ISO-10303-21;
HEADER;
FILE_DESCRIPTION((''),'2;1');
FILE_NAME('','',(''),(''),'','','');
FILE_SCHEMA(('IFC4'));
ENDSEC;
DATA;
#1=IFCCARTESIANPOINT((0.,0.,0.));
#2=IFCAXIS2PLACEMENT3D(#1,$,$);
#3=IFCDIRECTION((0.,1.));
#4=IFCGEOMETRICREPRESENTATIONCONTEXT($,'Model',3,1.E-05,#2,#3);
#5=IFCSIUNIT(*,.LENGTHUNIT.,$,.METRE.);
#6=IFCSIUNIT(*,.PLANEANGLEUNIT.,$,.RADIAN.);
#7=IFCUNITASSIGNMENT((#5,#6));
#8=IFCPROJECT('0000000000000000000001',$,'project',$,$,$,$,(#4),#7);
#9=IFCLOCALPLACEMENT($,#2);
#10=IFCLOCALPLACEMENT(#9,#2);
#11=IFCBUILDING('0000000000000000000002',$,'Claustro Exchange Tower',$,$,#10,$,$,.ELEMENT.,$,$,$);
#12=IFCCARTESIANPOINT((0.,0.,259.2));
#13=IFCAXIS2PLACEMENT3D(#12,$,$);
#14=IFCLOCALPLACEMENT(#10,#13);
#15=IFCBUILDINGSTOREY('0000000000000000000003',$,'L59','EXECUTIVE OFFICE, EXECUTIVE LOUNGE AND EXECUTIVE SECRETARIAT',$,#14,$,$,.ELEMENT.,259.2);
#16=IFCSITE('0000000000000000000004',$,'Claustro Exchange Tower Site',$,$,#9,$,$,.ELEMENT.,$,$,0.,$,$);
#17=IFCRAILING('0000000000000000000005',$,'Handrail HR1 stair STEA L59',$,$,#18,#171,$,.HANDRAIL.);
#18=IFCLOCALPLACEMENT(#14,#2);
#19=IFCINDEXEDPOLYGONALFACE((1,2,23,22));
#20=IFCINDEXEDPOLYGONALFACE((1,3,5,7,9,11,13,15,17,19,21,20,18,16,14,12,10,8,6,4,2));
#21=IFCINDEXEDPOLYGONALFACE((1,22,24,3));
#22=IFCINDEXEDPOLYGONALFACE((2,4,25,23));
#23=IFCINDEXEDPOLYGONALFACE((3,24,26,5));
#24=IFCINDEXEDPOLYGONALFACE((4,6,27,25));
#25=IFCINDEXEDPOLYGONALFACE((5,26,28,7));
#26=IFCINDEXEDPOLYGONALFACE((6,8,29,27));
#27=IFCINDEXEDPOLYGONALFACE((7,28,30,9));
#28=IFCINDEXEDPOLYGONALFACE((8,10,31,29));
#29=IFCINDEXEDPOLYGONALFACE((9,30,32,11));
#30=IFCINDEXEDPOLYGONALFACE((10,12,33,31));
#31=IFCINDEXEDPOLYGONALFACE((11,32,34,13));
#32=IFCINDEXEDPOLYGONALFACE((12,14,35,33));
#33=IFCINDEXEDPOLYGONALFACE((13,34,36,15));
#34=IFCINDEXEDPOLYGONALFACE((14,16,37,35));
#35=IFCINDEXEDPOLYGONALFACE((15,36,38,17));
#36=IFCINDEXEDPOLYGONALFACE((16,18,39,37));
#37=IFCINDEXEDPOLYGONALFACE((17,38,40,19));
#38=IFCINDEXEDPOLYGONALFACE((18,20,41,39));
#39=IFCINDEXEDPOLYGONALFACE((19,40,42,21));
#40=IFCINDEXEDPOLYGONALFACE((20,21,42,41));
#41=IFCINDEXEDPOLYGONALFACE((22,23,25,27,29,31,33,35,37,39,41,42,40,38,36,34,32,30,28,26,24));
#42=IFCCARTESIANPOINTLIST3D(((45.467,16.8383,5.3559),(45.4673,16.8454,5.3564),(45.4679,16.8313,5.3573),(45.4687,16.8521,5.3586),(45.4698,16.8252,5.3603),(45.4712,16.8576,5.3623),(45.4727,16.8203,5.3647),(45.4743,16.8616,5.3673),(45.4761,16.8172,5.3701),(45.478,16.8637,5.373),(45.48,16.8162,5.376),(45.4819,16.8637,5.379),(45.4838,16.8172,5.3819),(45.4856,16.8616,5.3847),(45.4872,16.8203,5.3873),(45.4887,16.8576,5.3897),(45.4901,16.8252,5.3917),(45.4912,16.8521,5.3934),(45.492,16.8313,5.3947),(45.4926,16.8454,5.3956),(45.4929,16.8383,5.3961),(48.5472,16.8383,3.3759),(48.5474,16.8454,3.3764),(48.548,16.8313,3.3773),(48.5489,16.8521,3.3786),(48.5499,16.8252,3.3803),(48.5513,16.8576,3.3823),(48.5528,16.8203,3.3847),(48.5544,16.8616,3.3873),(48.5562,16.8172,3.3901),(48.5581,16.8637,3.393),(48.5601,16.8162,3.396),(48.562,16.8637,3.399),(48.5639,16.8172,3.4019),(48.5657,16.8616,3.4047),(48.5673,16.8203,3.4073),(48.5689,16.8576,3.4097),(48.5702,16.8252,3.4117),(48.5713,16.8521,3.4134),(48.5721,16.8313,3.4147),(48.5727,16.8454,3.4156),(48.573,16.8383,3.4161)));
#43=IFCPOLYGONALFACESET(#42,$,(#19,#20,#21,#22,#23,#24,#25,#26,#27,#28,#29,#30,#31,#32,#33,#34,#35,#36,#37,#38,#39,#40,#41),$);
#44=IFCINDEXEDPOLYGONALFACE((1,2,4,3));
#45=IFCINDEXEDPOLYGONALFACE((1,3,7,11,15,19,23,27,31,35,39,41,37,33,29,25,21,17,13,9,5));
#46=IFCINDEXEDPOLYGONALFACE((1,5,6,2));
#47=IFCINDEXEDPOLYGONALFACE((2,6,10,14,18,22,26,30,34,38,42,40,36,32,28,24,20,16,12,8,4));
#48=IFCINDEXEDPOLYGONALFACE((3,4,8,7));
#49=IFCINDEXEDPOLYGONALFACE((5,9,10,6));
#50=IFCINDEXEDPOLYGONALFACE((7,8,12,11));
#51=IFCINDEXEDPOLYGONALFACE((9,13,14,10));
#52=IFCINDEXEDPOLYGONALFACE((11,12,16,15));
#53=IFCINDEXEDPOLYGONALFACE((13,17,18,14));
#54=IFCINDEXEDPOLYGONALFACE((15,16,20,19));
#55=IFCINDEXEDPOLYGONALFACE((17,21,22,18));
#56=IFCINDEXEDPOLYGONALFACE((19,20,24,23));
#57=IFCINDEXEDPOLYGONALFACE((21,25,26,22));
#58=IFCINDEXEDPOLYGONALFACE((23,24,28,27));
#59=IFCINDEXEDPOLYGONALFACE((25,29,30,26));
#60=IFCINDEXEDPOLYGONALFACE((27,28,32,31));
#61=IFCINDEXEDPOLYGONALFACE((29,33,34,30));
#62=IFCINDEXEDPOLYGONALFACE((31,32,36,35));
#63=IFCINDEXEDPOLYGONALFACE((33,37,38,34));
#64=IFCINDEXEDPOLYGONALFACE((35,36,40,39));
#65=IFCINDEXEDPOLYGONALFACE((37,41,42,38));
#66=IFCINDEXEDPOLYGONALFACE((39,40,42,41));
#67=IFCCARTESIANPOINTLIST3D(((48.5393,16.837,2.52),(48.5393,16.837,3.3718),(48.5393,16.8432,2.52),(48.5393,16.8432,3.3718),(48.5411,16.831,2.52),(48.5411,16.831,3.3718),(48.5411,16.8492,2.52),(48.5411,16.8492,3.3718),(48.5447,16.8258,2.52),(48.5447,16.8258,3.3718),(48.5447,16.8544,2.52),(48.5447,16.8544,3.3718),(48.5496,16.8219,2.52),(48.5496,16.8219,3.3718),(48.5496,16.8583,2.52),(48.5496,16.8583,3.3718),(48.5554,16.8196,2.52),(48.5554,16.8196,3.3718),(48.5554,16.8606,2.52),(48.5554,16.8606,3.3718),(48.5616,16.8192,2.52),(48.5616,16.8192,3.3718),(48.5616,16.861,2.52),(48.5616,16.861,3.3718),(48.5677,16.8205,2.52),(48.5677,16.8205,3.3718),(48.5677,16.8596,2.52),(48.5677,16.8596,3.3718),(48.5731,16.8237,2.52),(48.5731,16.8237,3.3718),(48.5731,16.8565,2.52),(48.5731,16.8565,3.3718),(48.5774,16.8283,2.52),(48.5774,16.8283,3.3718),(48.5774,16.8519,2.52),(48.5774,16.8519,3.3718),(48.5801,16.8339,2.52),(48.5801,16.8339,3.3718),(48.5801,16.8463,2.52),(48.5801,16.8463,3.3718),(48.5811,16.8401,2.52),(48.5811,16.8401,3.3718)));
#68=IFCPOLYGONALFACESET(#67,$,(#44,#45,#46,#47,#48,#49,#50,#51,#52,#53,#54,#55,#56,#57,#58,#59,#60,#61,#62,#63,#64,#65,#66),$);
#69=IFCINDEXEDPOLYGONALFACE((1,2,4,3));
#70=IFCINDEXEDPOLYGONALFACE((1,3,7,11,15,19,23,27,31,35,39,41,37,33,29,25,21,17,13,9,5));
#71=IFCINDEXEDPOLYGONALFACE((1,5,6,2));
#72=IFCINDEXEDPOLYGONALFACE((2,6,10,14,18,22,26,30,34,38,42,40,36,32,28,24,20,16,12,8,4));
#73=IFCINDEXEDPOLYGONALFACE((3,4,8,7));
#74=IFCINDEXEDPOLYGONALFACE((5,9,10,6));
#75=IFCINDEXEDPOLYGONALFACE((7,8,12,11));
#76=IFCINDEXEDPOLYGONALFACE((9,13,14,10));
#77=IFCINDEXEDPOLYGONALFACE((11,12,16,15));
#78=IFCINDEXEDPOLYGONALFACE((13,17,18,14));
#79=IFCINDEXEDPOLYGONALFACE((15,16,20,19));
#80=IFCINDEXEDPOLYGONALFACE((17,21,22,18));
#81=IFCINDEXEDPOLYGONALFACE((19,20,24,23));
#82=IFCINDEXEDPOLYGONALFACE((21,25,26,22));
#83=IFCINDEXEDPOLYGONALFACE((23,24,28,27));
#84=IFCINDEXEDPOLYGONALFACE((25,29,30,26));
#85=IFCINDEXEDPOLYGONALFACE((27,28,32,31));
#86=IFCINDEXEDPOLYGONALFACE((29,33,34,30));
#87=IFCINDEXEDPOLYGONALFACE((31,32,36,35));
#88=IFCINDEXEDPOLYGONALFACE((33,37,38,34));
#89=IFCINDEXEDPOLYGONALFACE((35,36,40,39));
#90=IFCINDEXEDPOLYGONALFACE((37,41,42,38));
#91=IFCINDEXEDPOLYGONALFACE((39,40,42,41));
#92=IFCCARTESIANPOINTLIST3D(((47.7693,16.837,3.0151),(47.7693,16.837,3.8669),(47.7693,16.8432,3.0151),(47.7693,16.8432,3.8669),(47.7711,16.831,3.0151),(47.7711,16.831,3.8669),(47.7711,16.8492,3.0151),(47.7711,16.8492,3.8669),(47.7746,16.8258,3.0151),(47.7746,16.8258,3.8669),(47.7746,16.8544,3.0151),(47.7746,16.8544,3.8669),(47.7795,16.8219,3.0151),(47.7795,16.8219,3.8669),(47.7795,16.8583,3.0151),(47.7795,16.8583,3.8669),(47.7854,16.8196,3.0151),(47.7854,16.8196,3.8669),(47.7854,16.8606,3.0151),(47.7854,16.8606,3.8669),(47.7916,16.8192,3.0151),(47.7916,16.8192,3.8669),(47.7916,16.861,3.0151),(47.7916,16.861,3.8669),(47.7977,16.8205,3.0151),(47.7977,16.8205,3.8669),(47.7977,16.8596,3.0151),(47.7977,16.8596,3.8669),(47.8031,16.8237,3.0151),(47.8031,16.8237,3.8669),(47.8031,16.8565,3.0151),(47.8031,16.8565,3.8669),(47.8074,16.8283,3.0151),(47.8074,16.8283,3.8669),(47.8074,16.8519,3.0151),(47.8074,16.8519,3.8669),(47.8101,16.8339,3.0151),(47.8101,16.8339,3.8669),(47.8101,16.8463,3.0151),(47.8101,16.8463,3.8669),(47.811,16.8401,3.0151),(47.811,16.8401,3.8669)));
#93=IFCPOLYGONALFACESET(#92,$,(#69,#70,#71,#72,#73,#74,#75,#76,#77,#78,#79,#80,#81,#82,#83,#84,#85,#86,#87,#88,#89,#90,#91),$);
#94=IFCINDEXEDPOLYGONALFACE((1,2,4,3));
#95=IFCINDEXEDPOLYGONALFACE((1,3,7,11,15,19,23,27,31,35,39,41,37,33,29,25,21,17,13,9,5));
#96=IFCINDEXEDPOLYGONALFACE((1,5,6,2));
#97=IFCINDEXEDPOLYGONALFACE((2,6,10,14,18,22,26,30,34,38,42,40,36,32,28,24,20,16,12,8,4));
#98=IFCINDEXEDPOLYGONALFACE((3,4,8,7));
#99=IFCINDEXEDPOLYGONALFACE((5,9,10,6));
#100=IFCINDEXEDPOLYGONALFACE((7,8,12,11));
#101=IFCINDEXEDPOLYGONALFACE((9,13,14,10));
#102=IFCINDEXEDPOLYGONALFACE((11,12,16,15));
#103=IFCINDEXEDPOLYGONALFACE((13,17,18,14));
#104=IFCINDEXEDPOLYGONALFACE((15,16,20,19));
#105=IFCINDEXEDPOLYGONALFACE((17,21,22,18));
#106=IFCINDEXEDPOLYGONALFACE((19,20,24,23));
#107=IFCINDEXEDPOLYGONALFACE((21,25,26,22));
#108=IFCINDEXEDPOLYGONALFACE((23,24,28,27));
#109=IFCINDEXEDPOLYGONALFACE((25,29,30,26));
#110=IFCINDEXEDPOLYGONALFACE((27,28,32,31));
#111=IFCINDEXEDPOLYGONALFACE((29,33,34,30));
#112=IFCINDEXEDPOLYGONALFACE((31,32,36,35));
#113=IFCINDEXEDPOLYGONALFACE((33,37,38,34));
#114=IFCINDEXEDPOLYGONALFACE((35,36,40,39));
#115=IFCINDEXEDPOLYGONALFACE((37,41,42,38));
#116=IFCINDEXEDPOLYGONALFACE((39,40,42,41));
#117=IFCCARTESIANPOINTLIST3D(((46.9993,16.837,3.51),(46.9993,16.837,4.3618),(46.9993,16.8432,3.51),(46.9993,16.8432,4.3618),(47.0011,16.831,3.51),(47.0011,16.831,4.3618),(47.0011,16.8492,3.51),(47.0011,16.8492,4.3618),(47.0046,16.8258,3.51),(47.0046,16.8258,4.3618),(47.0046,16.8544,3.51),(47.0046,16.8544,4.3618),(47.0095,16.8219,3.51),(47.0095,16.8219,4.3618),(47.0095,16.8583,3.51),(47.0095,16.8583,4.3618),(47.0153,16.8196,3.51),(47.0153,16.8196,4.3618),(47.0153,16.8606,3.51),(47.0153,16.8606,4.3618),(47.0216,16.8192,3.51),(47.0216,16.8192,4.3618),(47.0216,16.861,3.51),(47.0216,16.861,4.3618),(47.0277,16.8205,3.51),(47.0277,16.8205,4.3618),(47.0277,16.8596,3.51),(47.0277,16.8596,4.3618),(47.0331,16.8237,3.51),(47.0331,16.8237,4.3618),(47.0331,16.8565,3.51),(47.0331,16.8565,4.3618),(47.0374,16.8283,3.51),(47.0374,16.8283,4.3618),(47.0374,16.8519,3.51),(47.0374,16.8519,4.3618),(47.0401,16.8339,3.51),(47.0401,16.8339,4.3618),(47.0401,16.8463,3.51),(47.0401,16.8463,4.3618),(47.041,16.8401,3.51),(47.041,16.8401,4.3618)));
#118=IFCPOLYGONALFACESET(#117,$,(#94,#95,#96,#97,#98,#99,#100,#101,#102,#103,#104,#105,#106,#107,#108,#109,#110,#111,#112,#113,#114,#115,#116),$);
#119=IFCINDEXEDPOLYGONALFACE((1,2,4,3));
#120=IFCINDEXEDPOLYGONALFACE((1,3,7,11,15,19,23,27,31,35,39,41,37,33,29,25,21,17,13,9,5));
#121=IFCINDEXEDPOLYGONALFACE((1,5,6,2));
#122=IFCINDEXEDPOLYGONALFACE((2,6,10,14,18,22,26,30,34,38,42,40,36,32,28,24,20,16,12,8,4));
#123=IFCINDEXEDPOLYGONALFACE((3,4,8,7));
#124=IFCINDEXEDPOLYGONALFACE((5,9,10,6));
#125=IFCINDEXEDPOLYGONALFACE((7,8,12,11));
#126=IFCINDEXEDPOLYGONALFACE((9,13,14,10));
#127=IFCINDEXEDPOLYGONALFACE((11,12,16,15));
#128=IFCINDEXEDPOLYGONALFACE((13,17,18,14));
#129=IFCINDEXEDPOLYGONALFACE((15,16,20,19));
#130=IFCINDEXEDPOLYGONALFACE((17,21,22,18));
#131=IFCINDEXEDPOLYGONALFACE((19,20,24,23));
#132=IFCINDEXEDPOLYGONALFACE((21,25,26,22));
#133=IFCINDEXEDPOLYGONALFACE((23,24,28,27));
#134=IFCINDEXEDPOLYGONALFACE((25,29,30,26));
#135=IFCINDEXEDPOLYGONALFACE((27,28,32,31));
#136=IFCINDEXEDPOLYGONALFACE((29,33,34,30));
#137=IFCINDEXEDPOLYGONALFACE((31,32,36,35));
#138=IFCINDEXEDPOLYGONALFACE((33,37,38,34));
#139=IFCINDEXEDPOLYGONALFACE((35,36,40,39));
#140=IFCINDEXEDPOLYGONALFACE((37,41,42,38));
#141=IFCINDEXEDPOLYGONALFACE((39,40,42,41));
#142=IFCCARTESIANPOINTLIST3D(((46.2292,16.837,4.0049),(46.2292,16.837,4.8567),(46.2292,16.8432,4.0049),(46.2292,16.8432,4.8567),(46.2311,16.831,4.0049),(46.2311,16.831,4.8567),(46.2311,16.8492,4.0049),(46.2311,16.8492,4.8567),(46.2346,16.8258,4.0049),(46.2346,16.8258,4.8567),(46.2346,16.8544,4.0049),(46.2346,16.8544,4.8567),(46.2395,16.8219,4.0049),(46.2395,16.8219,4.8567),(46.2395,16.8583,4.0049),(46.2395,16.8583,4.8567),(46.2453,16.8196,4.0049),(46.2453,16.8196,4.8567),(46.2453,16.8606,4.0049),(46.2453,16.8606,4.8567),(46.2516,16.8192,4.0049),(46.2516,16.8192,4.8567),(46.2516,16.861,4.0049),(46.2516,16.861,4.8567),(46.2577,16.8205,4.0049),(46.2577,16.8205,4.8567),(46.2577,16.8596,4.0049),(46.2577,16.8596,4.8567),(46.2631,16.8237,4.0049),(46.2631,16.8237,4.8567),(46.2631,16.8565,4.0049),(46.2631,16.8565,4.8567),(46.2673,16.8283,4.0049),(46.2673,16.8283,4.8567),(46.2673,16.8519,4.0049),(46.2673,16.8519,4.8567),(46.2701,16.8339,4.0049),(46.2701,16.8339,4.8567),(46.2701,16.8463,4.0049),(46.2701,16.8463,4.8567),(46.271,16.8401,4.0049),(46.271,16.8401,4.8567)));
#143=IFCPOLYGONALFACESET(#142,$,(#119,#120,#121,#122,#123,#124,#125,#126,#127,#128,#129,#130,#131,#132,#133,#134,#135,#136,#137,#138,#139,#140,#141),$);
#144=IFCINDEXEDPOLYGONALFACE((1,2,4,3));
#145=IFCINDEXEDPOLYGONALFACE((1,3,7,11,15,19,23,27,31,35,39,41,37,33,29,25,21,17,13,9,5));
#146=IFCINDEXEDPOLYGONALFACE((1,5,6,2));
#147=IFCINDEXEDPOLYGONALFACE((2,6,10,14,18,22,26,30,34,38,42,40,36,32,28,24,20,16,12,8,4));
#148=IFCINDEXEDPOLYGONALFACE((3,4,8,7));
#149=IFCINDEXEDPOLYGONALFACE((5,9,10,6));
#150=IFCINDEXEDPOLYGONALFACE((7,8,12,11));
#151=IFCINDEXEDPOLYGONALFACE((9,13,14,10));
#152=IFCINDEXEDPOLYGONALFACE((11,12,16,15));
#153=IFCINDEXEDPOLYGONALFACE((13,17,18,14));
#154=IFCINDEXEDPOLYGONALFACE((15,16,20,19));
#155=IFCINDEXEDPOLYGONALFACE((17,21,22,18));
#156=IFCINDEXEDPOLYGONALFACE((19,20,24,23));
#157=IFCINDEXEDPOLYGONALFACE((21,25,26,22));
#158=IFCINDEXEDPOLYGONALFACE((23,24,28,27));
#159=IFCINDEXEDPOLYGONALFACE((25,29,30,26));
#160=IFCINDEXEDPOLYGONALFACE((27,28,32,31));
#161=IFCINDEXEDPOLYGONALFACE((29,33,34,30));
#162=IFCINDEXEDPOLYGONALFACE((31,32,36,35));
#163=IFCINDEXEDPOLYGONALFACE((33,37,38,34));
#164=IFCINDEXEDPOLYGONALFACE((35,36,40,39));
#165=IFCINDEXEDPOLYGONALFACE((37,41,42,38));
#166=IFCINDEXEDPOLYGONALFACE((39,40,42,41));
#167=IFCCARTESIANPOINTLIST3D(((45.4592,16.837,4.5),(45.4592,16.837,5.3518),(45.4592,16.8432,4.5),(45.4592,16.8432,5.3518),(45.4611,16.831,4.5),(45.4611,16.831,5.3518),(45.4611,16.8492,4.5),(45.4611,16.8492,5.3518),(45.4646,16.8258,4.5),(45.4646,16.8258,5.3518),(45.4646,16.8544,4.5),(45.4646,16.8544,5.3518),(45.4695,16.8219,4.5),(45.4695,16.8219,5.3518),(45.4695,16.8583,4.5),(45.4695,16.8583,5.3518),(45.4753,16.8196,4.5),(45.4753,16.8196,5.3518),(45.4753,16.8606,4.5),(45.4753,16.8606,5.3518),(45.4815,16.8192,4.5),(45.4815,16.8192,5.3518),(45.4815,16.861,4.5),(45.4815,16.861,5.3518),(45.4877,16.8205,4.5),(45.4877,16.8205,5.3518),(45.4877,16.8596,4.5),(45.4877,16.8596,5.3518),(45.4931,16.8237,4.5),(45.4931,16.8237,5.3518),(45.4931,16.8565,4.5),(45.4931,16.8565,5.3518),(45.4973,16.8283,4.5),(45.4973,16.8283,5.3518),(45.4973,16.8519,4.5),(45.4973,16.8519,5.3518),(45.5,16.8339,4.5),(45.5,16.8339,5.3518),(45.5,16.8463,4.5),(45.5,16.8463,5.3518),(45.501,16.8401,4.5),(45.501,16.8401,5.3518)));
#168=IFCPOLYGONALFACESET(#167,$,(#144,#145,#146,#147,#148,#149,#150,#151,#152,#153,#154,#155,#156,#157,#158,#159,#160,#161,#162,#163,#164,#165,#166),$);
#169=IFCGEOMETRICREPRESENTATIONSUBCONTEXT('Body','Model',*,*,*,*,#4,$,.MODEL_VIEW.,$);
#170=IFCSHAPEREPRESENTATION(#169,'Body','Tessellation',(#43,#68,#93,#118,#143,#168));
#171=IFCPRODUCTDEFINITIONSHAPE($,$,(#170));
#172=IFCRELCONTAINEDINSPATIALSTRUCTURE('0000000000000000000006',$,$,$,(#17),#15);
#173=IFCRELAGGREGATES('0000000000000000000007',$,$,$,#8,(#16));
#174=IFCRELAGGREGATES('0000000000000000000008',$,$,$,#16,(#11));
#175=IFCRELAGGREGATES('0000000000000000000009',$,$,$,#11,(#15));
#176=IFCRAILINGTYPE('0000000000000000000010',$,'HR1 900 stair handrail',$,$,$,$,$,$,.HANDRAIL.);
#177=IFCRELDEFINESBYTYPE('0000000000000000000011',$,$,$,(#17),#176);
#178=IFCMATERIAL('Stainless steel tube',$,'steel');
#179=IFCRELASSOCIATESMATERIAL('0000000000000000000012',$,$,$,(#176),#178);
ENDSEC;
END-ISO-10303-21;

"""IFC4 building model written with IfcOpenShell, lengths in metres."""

from ifc_helpers import new_model, si_unit, direction, frame, origin, origin_2d, place, context, subcontext, project, spatial, circle, extrude, material, type_object, element, save


model = new_model("IFC4")

# Units and contexts
model_context = context("Model", 3, precision=1e-05, world=origin(), true_north=direction((0.0, 1.0)))
body_context = subcontext(model_context, "Body", "Model", "MODEL_VIEW")
ifc_project = project(units=[si_unit("LENGTHUNIT", "METRE"), si_unit("PLANEANGLEUNIT", "RADIAN")], contexts=[model_context])

# Site, building, storey
site_placement = place(None, origin())
site = spatial("IfcSite", under=ifc_project, at=site_placement, Name="Claustro Exchange Tower Site", CompositionType="ELEMENT", RefElevation=0.0)
building_placement = place(site_placement, origin())
building = spatial("IfcBuilding", under=site, at=building_placement, Name="Claustro Exchange Tower", CompositionType="ELEMENT")
storey_placement = place(building_placement, frame((0.0, 0.0, 259.2)))
storey = spatial("IfcBuildingStorey", under=building, at=storey_placement, Name="L59", Description="EXECUTIVE OFFICE, EXECUTIVE LOUNGE AND EXECUTIVE SECRETARIAT", CompositionType="ELEMENT", Elevation=259.2)

# Railing
ifc_material_1 = material(Name="Stainless steel tube", Category="steel")
railing_type_1 = type_object("IfcRailingType", Name="HR1 900 stair handrail", PredefinedType="HANDRAIL", material=ifc_material_1)
railing_1_placement = place(storey_placement, frame((48.5601, 16.8401, 2.52)))
element("IfcRailing", 1, at=railing_1_placement, inside=storey, type_object=railing_type_1, Name="Handrail HR1 stair STEA L59", PredefinedType="HANDRAIL", context=body_context, shape_type="SweptSolid", body=[
    extrude(circle(Radius=0.0239, at=origin_2d()), frame((0.0, 0.0, 0.876), z_axis=(-0.841187, 0.0, 0.540744), x_axis=(0.0, -1.0, 0.0)), (0.0, 0.0, 1.0), 3.6616),
    extrude(circle(Radius=0.021, at=origin_2d()), origin(), (0.0, 0.0, 1.0), 0.8518),
    extrude(circle(Radius=0.021, at=origin_2d()), frame((-0.77, 0.0, 0.4951)), (0.0, 0.0, 1.0), 0.8518),
    extrude(circle(Radius=0.021, at=origin_2d()), frame((-1.54, 0.0, 0.99)), (0.0, 0.0, 1.0), 0.8518),
    extrude(circle(Radius=0.021, at=origin_2d()), frame((-2.3101, 0.0, 1.4849)), (0.0, 0.0, 1.0), 0.8518),
    extrude(circle(Radius=0.021, at=origin_2d()), frame((-3.0801, 0.0, 1.98)), (0.0, 0.0, 1.0), 0.8518),
])

save(model, "model.ifc")
